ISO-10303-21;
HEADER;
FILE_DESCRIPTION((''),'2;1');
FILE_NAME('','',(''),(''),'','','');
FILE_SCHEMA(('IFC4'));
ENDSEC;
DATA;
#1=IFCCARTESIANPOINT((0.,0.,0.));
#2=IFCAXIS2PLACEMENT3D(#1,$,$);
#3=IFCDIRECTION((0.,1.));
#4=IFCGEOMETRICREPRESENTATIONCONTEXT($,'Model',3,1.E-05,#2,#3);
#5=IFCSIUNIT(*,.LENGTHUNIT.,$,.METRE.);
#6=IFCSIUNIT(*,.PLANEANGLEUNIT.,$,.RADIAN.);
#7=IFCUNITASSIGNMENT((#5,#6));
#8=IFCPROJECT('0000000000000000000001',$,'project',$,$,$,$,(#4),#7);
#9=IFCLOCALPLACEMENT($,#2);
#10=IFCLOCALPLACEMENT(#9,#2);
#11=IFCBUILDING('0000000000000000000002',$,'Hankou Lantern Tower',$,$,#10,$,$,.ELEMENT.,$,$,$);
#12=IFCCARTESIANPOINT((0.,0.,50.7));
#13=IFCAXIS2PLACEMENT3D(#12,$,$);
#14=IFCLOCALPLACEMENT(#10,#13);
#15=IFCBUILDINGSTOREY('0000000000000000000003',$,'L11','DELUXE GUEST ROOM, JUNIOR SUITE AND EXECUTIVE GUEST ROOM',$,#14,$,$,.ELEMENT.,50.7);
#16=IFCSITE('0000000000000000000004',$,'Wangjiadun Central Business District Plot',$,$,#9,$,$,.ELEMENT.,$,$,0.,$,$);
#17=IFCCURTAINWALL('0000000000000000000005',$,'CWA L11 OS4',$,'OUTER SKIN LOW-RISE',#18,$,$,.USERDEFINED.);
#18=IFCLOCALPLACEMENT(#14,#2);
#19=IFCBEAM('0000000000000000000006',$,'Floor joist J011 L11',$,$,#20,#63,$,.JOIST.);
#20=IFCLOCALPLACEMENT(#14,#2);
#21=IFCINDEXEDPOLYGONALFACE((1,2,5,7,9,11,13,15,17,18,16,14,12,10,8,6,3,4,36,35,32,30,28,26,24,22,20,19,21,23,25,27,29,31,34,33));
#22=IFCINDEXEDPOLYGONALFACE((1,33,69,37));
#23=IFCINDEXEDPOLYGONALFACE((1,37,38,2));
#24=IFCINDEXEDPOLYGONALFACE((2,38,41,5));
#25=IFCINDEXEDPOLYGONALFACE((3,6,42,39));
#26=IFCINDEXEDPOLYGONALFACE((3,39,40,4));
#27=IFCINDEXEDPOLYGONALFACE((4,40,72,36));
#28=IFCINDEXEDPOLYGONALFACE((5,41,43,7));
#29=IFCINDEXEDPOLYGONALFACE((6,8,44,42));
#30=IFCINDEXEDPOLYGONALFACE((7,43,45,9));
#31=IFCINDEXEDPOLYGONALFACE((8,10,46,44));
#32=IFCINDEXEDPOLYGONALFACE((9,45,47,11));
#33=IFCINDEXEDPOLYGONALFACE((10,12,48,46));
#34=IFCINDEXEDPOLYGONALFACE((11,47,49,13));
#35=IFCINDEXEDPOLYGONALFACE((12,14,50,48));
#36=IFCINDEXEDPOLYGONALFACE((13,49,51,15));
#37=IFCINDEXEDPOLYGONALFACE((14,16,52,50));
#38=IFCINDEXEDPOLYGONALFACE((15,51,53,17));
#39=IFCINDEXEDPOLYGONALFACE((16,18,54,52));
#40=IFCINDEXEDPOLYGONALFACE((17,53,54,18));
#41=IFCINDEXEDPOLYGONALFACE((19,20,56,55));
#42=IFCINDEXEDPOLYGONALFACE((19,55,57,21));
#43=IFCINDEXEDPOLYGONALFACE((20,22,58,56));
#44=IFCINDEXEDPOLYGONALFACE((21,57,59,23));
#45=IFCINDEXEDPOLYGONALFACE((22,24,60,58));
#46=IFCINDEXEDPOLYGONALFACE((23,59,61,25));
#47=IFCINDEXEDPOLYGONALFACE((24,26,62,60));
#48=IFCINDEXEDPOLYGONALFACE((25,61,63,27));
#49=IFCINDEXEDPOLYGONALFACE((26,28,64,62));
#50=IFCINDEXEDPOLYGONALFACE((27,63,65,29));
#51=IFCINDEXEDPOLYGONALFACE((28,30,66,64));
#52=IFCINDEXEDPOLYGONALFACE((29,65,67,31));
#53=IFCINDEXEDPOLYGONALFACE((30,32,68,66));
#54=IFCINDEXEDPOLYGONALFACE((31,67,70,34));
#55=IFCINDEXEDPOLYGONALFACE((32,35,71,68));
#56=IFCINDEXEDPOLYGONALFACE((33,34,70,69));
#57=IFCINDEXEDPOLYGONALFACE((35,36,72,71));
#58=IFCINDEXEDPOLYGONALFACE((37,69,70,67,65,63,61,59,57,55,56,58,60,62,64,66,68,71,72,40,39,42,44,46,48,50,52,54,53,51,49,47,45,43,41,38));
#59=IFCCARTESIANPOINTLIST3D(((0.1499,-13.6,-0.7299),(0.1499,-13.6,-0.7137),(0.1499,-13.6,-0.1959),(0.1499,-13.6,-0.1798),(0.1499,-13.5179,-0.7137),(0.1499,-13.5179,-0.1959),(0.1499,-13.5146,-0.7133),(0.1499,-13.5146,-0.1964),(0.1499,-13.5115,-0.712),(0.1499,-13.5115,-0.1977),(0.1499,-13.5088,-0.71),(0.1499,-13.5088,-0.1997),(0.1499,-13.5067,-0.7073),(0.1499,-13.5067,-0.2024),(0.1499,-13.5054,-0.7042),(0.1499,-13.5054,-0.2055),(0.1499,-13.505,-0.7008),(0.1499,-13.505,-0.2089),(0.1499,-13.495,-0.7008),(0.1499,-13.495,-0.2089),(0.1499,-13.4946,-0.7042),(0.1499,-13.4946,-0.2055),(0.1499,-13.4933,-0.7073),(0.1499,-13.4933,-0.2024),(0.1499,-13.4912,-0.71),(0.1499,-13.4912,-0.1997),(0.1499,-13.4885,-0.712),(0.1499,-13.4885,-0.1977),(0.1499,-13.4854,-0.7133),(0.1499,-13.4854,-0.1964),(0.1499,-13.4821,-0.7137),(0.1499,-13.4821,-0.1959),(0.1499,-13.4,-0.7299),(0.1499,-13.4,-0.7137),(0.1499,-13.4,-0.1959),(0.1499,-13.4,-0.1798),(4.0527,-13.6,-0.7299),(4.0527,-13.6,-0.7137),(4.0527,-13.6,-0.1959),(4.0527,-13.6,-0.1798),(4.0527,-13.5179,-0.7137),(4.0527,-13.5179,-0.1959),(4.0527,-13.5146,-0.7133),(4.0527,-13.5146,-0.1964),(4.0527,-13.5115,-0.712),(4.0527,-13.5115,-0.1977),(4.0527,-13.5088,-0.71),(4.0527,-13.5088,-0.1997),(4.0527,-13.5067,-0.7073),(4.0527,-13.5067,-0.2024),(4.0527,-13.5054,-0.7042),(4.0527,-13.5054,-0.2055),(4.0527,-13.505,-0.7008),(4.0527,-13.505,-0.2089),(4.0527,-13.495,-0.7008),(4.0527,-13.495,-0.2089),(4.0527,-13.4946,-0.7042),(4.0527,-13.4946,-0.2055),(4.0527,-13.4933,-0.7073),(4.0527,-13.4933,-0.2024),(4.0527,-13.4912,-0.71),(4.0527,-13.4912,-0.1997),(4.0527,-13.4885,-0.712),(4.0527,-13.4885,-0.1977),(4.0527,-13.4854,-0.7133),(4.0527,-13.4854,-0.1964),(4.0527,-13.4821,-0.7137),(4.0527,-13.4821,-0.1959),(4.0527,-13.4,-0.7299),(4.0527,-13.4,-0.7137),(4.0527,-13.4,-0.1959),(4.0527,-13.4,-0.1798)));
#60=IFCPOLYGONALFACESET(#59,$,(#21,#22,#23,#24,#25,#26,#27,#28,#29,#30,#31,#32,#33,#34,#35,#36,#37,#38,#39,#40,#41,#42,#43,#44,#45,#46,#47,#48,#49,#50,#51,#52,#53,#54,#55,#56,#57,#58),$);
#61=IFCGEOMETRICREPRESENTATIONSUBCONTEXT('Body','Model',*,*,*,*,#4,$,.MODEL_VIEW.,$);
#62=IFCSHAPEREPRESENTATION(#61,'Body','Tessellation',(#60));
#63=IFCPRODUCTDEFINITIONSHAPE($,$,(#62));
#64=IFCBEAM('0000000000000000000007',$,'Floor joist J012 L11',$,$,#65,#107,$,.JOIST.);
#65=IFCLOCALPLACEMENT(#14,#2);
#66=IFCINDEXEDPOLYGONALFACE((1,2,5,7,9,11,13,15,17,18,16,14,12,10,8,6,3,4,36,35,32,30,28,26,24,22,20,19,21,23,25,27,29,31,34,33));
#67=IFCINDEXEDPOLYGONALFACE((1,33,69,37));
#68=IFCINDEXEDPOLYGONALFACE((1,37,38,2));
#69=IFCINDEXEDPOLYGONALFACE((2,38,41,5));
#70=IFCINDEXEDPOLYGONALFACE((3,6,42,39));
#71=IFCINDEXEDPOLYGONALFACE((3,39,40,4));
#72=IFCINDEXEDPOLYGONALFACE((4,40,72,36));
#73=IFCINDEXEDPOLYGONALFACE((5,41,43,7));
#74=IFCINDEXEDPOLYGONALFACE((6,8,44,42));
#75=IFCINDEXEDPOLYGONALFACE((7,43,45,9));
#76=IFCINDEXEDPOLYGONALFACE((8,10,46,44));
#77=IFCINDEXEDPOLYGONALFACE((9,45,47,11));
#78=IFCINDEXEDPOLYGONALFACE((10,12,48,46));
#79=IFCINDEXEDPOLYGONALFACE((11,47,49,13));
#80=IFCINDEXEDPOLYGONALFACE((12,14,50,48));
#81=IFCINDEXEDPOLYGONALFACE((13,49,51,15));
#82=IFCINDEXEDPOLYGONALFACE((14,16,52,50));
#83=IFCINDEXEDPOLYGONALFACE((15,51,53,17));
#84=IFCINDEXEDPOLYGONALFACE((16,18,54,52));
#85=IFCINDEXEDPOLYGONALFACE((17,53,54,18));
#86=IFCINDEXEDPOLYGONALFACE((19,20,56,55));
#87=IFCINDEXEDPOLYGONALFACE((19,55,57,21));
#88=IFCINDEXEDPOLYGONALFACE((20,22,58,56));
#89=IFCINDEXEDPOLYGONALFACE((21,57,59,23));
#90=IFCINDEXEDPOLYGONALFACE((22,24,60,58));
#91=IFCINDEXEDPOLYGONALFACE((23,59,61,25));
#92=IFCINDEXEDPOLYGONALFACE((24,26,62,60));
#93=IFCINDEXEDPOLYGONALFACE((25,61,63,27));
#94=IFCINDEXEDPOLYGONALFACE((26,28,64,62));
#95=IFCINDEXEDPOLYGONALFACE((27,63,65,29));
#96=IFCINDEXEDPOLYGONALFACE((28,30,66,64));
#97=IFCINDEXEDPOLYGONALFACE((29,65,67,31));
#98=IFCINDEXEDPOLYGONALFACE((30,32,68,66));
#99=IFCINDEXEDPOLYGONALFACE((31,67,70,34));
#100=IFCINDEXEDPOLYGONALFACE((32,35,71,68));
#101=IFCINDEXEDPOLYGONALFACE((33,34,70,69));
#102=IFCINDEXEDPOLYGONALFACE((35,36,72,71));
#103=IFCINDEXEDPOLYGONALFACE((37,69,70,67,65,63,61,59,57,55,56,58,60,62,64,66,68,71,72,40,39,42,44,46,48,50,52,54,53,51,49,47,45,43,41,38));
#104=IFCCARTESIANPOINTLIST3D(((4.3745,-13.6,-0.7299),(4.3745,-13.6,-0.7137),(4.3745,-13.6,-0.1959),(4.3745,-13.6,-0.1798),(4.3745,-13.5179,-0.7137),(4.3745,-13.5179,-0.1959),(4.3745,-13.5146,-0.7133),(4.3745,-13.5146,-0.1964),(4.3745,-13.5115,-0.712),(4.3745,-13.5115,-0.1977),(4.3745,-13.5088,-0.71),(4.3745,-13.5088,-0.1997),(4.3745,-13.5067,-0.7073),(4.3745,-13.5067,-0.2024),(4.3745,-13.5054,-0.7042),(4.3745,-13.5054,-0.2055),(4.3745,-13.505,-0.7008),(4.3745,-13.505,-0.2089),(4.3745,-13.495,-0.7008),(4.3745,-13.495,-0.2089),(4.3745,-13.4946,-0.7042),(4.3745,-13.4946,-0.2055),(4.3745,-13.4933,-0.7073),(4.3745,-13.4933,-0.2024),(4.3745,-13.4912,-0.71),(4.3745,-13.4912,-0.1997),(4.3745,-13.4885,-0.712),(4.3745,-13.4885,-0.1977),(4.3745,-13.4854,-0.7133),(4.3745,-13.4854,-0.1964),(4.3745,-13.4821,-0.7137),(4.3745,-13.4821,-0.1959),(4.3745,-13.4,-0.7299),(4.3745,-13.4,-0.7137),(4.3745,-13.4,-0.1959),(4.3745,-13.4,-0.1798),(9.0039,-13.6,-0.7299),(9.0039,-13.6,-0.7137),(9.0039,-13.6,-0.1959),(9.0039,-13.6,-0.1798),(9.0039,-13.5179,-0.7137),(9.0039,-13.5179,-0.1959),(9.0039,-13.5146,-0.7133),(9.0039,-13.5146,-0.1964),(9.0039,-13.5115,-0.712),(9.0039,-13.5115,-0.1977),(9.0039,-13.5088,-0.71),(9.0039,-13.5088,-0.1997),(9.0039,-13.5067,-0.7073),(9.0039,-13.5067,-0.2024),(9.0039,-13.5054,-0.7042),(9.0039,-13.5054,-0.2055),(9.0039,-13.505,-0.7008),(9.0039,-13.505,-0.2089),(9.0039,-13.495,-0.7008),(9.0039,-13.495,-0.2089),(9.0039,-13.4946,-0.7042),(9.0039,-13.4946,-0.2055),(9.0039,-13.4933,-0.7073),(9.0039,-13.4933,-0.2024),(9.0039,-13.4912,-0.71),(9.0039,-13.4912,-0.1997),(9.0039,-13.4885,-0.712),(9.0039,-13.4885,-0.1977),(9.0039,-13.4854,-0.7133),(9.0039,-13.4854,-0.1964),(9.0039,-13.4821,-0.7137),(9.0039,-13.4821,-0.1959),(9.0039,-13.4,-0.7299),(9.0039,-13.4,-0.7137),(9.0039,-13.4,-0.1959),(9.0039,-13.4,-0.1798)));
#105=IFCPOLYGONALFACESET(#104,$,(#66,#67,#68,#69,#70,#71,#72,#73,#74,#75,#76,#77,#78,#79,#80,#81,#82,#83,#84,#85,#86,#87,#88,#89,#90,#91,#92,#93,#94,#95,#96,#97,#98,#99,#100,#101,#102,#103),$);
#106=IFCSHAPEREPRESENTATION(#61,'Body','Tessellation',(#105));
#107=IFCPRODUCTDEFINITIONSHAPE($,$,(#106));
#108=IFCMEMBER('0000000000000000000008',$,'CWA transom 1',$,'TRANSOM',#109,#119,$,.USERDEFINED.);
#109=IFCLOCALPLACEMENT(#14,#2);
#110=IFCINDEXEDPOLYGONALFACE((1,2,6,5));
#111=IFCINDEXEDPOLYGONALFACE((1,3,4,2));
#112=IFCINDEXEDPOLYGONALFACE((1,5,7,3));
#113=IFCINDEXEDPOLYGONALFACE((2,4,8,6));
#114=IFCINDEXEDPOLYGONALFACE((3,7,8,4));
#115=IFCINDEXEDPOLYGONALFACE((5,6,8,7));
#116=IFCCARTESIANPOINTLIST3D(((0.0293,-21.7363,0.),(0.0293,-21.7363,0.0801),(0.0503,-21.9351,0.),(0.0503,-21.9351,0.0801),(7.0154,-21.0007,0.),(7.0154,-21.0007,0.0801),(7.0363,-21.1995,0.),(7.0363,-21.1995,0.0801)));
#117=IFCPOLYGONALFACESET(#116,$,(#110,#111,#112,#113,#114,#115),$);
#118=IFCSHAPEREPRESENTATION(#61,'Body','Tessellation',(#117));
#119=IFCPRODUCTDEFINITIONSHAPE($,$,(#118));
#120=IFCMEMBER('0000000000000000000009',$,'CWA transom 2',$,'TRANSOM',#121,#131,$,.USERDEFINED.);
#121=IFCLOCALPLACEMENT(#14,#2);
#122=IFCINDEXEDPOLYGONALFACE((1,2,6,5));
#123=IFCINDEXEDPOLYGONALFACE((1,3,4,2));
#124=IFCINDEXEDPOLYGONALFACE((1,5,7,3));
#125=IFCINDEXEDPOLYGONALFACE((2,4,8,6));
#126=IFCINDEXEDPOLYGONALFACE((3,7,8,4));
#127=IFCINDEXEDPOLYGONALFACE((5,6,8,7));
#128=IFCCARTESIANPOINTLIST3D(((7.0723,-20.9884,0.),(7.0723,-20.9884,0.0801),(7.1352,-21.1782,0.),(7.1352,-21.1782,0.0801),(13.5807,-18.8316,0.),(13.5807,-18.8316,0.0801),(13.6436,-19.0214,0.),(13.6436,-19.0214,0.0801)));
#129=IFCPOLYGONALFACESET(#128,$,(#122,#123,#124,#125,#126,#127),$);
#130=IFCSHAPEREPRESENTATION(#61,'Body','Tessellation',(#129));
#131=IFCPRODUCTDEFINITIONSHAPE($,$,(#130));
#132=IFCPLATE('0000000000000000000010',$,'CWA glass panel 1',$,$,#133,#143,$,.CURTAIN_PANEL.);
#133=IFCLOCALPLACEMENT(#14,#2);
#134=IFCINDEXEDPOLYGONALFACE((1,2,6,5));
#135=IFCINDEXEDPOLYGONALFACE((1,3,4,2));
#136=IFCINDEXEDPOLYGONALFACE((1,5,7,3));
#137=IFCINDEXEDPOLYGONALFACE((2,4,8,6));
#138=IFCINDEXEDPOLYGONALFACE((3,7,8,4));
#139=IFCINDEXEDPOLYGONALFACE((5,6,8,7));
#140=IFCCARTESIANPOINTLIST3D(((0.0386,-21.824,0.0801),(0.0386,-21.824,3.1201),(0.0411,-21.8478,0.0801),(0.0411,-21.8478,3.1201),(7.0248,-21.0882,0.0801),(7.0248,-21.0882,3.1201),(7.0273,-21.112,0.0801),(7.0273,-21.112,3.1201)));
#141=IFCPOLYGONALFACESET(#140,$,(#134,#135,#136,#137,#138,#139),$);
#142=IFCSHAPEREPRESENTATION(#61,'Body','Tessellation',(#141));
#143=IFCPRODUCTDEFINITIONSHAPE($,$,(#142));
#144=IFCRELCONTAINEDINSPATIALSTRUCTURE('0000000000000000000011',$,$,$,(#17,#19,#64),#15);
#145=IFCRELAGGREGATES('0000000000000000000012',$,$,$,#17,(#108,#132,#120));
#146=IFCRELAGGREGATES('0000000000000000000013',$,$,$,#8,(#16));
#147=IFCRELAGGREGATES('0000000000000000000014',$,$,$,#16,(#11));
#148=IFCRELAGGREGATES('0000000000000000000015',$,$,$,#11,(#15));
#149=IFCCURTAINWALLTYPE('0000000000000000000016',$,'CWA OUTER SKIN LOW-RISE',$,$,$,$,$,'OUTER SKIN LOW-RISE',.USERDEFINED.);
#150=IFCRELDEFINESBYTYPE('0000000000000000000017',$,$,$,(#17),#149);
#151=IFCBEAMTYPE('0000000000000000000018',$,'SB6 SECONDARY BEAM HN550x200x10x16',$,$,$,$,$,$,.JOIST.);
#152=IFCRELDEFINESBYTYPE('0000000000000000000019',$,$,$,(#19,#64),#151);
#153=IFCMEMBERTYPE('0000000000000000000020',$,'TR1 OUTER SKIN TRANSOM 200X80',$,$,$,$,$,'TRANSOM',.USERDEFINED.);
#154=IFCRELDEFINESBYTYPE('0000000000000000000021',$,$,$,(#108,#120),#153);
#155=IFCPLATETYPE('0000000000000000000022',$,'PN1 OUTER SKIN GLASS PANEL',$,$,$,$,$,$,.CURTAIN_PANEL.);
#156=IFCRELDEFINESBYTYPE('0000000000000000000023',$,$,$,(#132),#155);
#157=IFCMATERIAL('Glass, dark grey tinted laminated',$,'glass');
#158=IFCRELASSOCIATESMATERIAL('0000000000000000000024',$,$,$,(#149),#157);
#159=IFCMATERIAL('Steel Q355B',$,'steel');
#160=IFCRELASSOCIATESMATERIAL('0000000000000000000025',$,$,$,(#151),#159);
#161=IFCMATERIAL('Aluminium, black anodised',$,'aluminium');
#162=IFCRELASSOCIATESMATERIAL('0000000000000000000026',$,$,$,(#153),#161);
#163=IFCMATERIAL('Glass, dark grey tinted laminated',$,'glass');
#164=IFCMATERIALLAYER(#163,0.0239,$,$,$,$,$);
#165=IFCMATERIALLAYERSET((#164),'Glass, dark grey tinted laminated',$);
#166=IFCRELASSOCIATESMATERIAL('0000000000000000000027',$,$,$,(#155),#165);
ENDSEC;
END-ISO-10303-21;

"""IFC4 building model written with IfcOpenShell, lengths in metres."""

from ifc_helpers import new_model, si_unit, direction, frame, origin, origin_2d, place, context, subcontext, project, spatial, rectangle, i_section, extrude, material, layer, layer_set, material_profile, profile_set, type_object, element, aggregate, save


model = new_model("IFC4")

# Units and contexts
model_context = context("Model", 3, precision=1e-05, world=origin(), true_north=direction((0.0, 1.0)))
body_context = subcontext(model_context, "Body", "Model", "MODEL_VIEW")
ifc_project = project(units=[si_unit("LENGTHUNIT", "METRE"), si_unit("PLANEANGLEUNIT", "RADIAN")], contexts=[model_context])

# Site, building, storey
site_placement = place(None, origin())
site = spatial("IfcSite", under=ifc_project, at=site_placement, Name="Wangjiadun Central Business District Plot", CompositionType="ELEMENT", RefElevation=0.0)
building_placement = place(site_placement, origin())
building = spatial("IfcBuilding", under=site, at=building_placement, Name="Hankou Lantern Tower", CompositionType="ELEMENT")
storey_placement = place(building_placement, frame((0.0, 0.0, 50.7)))
storey = spatial("IfcBuildingStorey", under=building, at=storey_placement, Name="L11", Description="DELUXE GUEST ROOM, JUNIOR SUITE AND EXECUTIVE GUEST ROOM", CompositionType="ELEMENT", Elevation=50.7)

# Curtain wall
ifc_material_1 = material(Name="Glass, dark grey tinted laminated", Category="glass")
curtain_wall_type = type_object("IfcCurtainWallType", Name="CWA OUTER SKIN LOW-RISE", ElementType="OUTER SKIN LOW-RISE", PredefinedType="USERDEFINED", material=ifc_material_1)
curtain_wall_placement = place(storey_placement, origin())
curtain_wall = element("IfcCurtainWall", 1, at=curtain_wall_placement, inside=storey, type_object=curtain_wall_type, Name="CWA L11 OS4", ObjectType="OUTER SKIN LOW-RISE", PredefinedType="USERDEFINED")

# Beams
ifc_material_2 = material(Name="Steel Q355B", Category="steel")
ifc_material_profile_1 = material_profile(ifc_material_2, i_section(OverallWidth=0.2, OverallDepth=0.55, WebThickness=0.01, FlangeThickness=0.0161, FilletRadius=0.0129, at=origin_2d()), Name="HN550x200x10x16")
ifc_profile_set_1 = profile_set([ifc_material_profile_1], Name="Steel Q355B")
beam_type_1 = type_object("IfcBeamType", Name="SB6 SECONDARY BEAM HN550x200x10x16", PredefinedType="JOIST", material=ifc_profile_set_1)
beam_1_placement = place(storey_placement, frame((0.1499, -13.5, -0.4548), z_axis=(1.0, 0.0, 0.0), x_axis=(0.0, 1.0, 0.0)))
element("IfcBeam", 2, at=beam_1_placement, inside=storey, type_object=beam_type_1, Name="Floor joist J011 L11", PredefinedType="JOIST", context=body_context, shape_type="SweptSolid", body=[
    extrude(i_section(OverallWidth=0.2, OverallDepth=0.55, WebThickness=0.01, FlangeThickness=0.0161, FilletRadius=0.0129, at=origin_2d()), origin(), (0.0, 0.0, 1.0), 3.9028),
])
beam_2_placement = place(storey_placement, frame((4.3745, -13.5, -0.4548), z_axis=(1.0, 0.0, 0.0), x_axis=(0.0, 1.0, 0.0)))
element("IfcBeam", 3, at=beam_2_placement, inside=storey, type_object=beam_type_1, Name="Floor joist J012 L11", PredefinedType="JOIST", context=body_context, shape_type="SweptSolid", body=[
    extrude(i_section(OverallWidth=0.2, OverallDepth=0.55, WebThickness=0.01, FlangeThickness=0.0161, FilletRadius=0.0129, at=origin_2d()), origin(), (0.0, 0.0, 1.0), 4.6294),
])

# Members
ifc_material_3 = material(Name="Aluminium, black anodised", Category="aluminium")
ifc_material_profile_2 = material_profile(ifc_material_3, rectangle(XDim=0.2, YDim=0.0801, at=origin_2d()), Name="TR1 200X80")
ifc_profile_set_2 = profile_set([ifc_material_profile_2], Name="Aluminium, black anodised")
member_type_1 = type_object("IfcMemberType", Name="TR1 OUTER SKIN TRANSOM 200X80", ElementType="TRANSOM", PredefinedType="USERDEFINED", material=ifc_profile_set_2)
member_1_placement = place(storey_placement, frame((0.0398, -21.8357, 0.04), z_axis=(0.994502, 0.104716, 0.0), x_axis=(-0.104716, 0.994502, 0.0)))
member_1 = element("IfcMember", 4, at=member_1_placement, type_object=member_type_1, Name="CWA transom 1", ObjectType="TRANSOM", PredefinedType="USERDEFINED", context=body_context, shape_type="SweptSolid", body=[
    extrude(rectangle(XDim=0.2, YDim=0.0801, at=origin_2d()), origin(), (0.0, 0.0, 1.0), 7.0247),
])
member_2_placement = place(storey_placement, frame((7.1038, -21.0833, 0.04), z_axis=(0.949237, 0.314561, 0.0), x_axis=(-0.314561, 0.949237, 0.0)))
member_2 = element("IfcMember", 5, at=member_2_placement, type_object=member_type_1, Name="CWA transom 2", ObjectType="TRANSOM", PredefinedType="USERDEFINED", context=body_context, shape_type="SweptSolid", body=[
    extrude(rectangle(XDim=0.2, YDim=0.0801, at=origin_2d()), origin(), (0.0, 0.0, 1.0), 6.8564),
])

# Plate
ifc_material_4 = material(Name="Glass, dark grey tinted laminated", Category="glass")
ifc_layer_1 = layer(ifc_material_4, 0.0239)
ifc_layer_set_1 = layer_set([ifc_layer_1], Name="Glass, dark grey tinted laminated")
plate_type = type_object("IfcPlateType", Name="PN1 OUTER SKIN GLASS PANEL", PredefinedType="CURTAIN_PANEL", material=ifc_layer_set_1)
plate_placement = place(storey_placement, frame((3.533, -21.468, 0.0801), z_axis=(0.0, 0.0, 1.0), x_axis=(0.994499, 0.104743, 0.0)))
plate = element("IfcPlate", 6, at=plate_placement, type_object=plate_type, Name="CWA glass panel 1", PredefinedType="CURTAIN_PANEL", context=body_context, shape_type="SweptSolid", body=[
    extrude(rectangle(XDim=7.0249, YDim=0.0239, at=origin_2d()), origin(), (0.0, 0.0, 1.0), 3.04),
])
aggregate(curtain_wall, [member_1, plate, member_2])

save(model, "model.ifc")
